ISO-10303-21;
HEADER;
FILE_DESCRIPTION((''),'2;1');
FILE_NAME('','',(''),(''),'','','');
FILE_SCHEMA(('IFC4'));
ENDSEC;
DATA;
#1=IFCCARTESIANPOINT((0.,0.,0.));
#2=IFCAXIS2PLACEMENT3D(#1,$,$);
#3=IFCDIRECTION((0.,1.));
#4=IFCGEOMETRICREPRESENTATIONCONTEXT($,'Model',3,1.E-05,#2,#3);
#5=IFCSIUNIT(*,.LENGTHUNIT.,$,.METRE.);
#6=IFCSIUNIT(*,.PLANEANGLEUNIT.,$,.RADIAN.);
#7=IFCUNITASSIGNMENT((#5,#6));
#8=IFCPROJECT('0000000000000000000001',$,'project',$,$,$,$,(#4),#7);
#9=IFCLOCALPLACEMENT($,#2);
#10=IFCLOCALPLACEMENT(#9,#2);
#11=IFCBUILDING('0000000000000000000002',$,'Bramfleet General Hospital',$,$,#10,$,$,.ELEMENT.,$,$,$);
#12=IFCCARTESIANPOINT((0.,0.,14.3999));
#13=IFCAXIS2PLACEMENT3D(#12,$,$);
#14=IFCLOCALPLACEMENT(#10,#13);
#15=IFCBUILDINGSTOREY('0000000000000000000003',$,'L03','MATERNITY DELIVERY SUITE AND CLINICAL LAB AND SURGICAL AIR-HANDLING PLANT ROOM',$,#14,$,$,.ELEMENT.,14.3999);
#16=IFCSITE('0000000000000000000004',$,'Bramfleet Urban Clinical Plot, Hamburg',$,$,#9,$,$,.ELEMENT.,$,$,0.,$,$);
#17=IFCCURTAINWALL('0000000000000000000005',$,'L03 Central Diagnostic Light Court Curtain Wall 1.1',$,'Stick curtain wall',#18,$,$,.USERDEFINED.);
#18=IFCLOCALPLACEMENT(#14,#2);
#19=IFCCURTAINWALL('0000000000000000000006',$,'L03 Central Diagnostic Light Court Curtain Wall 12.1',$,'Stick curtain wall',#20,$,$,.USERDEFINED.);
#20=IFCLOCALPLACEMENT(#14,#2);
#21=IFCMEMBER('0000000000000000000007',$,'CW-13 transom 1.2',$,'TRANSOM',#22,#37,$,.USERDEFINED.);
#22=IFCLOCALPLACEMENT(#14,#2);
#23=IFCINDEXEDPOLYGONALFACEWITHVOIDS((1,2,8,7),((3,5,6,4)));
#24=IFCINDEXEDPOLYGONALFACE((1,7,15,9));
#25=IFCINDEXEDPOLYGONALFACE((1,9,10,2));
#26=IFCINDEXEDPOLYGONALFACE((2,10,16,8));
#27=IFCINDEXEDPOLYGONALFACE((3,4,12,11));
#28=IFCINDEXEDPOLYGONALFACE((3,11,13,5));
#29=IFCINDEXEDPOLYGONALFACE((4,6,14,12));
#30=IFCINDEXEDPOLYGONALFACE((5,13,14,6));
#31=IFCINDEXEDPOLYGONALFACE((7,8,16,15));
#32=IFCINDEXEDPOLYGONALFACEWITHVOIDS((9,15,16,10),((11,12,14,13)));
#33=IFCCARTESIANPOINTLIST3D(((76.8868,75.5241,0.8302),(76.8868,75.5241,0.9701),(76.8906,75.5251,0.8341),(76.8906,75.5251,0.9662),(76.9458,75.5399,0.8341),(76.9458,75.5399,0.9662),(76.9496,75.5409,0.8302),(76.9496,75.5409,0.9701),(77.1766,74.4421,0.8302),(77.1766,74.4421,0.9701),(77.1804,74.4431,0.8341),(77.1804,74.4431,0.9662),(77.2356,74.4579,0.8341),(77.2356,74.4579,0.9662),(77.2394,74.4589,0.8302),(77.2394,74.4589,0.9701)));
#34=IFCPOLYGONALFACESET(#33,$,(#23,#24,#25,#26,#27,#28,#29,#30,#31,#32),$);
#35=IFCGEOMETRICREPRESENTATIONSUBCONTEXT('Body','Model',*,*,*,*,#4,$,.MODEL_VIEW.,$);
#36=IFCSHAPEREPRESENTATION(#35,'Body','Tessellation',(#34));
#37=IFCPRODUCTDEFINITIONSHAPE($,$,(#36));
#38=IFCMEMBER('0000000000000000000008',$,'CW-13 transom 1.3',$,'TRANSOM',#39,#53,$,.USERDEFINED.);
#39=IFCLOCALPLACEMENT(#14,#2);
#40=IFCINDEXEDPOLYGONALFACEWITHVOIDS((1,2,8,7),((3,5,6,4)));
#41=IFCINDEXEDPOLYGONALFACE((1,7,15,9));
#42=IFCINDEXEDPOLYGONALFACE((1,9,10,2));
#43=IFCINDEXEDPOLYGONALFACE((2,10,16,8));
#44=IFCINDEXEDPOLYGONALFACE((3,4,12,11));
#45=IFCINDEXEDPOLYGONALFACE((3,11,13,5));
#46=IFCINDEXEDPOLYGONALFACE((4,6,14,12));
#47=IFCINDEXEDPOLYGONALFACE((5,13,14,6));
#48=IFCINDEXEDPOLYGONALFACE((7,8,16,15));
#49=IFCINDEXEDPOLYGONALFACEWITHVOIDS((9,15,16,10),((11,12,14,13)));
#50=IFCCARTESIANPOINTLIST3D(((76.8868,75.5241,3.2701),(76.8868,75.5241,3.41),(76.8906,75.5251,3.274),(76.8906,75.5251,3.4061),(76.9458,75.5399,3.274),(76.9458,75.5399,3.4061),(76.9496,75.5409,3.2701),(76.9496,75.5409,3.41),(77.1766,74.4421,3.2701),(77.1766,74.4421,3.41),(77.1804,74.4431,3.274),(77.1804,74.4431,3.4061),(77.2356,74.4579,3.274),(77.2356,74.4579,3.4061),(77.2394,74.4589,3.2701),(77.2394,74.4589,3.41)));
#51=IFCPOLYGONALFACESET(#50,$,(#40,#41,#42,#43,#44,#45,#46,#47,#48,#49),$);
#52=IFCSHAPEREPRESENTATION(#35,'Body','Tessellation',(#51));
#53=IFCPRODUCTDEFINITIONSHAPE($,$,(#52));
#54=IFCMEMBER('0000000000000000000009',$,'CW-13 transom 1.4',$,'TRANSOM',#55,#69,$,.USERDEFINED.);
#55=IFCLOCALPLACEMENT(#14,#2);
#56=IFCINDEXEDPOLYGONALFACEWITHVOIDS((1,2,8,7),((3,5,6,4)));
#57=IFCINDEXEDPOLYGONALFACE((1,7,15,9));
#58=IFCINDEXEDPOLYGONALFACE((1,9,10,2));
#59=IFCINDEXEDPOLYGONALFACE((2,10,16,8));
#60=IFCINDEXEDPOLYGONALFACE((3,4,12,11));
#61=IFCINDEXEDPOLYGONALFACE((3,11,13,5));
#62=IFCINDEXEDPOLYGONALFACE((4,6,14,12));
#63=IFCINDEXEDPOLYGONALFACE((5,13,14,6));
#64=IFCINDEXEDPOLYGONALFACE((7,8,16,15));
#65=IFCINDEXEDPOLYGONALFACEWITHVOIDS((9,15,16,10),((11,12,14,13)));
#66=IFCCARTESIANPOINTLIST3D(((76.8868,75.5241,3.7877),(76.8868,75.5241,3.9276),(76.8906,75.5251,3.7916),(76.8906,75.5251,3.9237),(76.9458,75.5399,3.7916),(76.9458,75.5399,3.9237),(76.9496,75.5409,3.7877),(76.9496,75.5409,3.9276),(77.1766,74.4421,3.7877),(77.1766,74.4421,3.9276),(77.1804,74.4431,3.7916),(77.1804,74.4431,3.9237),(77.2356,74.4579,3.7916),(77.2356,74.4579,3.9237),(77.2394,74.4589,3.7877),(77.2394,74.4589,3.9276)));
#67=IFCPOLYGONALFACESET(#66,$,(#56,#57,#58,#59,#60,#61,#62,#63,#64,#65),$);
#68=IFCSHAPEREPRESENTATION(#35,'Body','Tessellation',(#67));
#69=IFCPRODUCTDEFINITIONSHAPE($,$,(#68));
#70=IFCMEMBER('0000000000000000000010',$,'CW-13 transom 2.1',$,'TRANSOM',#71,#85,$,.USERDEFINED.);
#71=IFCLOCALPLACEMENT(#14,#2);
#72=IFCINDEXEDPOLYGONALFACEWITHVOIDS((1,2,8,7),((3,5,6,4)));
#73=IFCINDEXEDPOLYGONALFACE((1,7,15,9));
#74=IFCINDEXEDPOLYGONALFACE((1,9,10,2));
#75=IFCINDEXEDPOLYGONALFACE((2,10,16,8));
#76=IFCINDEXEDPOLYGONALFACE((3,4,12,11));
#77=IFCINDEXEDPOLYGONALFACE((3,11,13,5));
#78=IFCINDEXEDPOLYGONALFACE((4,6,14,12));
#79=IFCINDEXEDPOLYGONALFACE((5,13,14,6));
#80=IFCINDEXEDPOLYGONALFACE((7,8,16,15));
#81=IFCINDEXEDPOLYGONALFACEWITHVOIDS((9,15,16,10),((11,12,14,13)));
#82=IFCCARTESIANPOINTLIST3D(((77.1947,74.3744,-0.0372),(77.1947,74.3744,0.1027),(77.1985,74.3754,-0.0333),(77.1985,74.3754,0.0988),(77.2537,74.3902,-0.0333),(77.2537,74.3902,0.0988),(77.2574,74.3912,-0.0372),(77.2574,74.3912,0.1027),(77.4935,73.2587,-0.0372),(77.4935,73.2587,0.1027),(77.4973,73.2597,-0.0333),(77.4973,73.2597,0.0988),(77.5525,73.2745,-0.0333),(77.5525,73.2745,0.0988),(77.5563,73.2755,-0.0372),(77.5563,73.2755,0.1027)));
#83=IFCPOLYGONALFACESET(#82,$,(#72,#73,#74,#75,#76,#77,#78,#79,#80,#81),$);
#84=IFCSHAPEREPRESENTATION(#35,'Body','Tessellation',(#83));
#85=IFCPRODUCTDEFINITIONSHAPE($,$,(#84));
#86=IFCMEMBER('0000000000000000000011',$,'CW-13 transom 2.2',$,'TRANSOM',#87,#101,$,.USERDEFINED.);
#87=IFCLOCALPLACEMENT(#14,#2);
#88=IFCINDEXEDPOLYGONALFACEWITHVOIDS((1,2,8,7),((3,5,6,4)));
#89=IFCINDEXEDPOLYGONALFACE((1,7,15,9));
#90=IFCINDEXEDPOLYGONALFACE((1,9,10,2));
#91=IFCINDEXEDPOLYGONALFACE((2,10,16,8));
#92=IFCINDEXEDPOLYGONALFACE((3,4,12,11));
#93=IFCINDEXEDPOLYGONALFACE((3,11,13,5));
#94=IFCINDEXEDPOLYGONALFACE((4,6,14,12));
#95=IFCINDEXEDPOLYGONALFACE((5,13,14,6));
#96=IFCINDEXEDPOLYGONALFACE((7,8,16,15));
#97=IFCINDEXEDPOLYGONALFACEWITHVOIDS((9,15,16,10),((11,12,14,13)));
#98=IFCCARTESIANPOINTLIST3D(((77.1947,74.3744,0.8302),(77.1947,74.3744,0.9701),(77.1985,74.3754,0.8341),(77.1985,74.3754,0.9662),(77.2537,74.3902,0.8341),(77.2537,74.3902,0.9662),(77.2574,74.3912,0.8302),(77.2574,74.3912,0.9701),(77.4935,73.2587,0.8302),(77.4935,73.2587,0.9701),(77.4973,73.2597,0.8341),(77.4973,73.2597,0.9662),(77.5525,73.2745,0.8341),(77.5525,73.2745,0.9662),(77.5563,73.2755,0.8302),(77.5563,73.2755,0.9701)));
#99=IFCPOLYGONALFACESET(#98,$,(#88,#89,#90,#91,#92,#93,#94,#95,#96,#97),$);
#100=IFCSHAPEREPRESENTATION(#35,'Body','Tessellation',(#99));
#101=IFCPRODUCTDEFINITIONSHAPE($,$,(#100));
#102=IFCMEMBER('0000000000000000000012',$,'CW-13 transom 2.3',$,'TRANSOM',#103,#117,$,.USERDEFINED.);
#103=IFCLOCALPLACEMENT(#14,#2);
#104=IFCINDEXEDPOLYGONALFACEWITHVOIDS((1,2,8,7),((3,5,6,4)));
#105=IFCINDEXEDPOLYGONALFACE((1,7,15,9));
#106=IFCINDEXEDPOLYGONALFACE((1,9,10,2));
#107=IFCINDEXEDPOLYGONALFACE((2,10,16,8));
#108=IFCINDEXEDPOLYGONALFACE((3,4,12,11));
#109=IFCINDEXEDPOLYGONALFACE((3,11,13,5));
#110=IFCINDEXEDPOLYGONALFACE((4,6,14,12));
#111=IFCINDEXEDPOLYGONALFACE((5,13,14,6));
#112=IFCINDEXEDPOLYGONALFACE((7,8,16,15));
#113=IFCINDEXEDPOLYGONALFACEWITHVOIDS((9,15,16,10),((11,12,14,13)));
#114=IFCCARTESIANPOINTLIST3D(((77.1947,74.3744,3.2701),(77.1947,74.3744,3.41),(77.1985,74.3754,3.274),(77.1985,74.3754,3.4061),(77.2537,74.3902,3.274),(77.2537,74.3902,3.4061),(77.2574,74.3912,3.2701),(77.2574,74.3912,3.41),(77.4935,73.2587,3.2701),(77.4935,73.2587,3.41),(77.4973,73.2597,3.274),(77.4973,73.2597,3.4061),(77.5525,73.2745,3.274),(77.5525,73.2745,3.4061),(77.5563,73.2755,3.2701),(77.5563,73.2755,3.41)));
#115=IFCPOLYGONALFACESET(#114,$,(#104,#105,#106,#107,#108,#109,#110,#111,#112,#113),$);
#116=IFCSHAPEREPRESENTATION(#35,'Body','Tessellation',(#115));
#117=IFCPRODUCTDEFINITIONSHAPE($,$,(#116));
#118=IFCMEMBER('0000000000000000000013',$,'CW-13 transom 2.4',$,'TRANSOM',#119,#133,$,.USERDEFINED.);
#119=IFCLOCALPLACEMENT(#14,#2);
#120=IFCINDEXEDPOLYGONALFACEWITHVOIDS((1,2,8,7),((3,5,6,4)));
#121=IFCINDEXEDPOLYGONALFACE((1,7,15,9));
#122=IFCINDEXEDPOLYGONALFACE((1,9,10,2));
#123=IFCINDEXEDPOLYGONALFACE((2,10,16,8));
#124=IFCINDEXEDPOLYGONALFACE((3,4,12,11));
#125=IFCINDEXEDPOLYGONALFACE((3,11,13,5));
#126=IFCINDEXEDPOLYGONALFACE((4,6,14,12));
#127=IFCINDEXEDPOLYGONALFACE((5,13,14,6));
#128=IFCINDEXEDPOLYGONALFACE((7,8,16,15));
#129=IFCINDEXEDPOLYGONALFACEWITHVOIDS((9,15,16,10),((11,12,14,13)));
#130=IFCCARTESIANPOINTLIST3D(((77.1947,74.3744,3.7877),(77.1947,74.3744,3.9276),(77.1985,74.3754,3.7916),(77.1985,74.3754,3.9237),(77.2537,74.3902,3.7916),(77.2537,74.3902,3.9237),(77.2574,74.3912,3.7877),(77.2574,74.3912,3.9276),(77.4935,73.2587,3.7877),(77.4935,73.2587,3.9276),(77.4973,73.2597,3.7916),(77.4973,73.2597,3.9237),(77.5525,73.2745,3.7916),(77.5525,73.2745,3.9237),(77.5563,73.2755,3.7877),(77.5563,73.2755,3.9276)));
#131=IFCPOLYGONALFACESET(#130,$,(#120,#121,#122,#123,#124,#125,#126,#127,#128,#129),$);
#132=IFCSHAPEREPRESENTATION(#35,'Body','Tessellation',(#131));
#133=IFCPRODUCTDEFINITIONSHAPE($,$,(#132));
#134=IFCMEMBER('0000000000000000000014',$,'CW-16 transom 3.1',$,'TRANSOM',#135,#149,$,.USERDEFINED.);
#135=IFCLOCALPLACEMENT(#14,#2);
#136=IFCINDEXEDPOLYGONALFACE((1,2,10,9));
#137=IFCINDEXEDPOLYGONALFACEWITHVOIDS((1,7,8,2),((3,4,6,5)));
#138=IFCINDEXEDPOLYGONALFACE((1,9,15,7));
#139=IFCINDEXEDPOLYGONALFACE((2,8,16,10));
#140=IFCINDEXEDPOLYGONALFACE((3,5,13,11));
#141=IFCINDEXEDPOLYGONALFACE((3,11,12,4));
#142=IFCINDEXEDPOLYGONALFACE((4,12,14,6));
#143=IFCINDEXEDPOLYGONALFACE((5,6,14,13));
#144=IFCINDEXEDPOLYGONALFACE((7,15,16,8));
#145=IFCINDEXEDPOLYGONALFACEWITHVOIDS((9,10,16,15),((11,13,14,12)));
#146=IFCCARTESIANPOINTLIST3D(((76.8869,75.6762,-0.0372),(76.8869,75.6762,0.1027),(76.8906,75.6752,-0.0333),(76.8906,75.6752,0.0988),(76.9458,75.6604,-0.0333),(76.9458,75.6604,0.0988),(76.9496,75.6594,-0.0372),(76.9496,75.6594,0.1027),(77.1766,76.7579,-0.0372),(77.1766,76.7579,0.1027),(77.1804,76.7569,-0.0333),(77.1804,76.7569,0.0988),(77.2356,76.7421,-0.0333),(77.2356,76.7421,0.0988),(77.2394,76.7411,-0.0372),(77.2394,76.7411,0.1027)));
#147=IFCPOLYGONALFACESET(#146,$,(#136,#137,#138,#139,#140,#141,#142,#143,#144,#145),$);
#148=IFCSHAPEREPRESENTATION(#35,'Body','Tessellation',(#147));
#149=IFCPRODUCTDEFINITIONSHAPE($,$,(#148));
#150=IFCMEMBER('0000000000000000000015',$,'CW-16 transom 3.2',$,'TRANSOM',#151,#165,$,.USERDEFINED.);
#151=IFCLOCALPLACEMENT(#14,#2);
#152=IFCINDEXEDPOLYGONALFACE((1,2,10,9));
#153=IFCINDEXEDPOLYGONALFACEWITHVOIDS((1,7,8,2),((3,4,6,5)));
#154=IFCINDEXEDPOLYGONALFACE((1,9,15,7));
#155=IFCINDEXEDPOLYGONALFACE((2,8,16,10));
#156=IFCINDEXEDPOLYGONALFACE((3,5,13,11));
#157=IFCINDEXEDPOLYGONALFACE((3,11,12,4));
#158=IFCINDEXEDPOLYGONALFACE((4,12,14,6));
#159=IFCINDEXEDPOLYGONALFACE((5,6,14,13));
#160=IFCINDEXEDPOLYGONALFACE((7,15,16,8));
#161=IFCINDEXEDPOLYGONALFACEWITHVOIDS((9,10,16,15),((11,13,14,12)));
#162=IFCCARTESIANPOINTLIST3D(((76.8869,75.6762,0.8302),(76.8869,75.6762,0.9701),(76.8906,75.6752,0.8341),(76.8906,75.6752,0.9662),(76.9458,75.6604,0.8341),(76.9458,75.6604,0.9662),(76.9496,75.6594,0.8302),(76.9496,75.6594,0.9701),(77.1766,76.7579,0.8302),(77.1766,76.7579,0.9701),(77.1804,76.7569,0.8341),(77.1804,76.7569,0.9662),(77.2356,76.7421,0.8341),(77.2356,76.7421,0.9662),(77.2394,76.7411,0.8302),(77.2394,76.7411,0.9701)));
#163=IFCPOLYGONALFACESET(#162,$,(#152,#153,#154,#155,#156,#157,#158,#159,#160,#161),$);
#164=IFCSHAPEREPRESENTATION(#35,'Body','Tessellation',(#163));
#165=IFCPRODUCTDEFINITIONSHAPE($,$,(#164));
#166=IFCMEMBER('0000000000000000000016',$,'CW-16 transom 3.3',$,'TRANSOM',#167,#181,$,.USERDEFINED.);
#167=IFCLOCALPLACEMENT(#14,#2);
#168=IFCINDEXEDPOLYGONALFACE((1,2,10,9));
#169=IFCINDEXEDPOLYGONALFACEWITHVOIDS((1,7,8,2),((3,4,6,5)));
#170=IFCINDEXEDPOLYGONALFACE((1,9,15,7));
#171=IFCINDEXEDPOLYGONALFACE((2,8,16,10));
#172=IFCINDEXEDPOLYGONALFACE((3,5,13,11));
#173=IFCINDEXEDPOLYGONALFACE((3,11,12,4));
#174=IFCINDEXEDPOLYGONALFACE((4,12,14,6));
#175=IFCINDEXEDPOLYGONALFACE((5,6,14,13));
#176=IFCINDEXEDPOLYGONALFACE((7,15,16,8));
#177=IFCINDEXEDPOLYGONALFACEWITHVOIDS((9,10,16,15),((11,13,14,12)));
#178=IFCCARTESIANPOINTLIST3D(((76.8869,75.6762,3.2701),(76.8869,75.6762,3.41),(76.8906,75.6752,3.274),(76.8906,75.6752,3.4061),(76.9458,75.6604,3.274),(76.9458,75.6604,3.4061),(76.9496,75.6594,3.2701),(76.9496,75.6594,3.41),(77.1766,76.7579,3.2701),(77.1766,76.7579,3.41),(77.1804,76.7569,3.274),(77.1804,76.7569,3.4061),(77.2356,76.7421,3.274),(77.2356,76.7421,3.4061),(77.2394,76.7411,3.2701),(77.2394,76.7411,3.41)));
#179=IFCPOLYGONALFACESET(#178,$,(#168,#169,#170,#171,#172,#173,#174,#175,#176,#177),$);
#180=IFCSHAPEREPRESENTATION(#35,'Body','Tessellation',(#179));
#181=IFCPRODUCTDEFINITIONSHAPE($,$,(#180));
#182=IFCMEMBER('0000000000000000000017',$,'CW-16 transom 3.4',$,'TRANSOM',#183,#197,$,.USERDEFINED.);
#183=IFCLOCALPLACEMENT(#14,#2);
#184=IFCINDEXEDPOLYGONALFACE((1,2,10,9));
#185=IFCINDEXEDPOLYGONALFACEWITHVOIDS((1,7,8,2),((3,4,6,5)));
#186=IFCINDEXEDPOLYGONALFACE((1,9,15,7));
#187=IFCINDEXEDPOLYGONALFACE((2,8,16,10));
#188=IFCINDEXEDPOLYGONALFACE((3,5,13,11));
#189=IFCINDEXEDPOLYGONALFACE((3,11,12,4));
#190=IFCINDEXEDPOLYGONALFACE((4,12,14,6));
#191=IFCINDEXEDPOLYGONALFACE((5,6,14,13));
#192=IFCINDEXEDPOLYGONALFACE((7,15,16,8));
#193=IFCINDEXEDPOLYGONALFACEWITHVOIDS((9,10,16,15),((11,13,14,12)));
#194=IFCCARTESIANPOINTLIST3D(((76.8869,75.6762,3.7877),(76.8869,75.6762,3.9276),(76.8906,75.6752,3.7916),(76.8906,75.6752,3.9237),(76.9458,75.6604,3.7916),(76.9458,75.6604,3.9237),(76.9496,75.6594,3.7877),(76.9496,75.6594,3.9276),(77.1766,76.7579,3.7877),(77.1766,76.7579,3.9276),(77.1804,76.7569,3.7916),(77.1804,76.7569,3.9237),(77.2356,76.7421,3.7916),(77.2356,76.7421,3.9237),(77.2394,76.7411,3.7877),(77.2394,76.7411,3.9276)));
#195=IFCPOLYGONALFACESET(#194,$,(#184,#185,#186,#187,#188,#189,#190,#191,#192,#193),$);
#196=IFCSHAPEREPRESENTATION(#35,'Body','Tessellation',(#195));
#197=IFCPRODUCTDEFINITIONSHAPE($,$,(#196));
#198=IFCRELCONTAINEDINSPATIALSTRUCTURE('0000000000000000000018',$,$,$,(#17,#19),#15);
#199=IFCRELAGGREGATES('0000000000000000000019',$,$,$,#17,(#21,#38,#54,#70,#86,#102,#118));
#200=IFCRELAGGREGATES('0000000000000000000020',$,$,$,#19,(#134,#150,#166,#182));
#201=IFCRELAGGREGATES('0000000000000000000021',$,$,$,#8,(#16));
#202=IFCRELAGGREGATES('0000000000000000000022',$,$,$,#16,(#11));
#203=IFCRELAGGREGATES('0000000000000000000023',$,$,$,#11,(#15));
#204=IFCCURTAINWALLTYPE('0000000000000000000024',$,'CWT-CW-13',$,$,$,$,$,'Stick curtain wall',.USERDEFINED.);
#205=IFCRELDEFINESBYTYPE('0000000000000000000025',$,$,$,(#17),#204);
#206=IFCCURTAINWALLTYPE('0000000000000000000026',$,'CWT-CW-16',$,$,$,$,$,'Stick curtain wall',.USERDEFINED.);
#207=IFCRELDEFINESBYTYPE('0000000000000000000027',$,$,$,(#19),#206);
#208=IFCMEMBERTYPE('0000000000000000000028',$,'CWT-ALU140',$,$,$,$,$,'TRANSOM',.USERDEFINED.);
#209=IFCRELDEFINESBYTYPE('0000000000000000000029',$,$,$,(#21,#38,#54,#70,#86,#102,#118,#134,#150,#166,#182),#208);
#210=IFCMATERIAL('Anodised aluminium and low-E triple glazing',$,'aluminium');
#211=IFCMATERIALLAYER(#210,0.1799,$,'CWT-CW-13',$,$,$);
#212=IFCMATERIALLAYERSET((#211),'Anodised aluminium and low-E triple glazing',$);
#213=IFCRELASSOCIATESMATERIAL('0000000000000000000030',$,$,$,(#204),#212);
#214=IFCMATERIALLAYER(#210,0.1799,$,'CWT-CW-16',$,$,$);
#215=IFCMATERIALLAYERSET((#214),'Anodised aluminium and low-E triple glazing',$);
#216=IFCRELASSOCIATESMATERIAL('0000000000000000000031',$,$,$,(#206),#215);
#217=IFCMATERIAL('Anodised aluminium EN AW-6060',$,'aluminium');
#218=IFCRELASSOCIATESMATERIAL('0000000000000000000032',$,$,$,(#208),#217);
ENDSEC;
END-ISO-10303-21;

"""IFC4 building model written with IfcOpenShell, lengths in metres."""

from ifc_helpers import new_model, si_unit, direction, frame, origin, origin_2d, place, context, subcontext, project, spatial, hollow_rectangle, extrude, material, layer, layer_set, material_profile, profile_set, type_object, element, aggregate, save


model = new_model("IFC4")

# Units and contexts
model_context = context("Model", 3, precision=1e-05, world=origin(), true_north=direction((0.0, 1.0)))
body_context = subcontext(model_context, "Body", "Model", "MODEL_VIEW")
ifc_project = project(units=[si_unit("LENGTHUNIT", "METRE"), si_unit("PLANEANGLEUNIT", "RADIAN")], contexts=[model_context])

# Site, building, storey
site_placement = place(None, origin())
site = spatial("IfcSite", under=ifc_project, at=site_placement, Name="Bramfleet Urban Clinical Plot, Hamburg", CompositionType="ELEMENT", RefElevation=0.0)
building_placement = place(site_placement, origin())
building = spatial("IfcBuilding", under=site, at=building_placement, Name="Bramfleet General Hospital", CompositionType="ELEMENT")
storey_placement = place(building_placement, frame((0.0, 0.0, 14.3999)))
storey = spatial("IfcBuildingStorey", under=building, at=storey_placement, Name="L03", Description="MATERNITY DELIVERY SUITE AND CLINICAL LAB AND SURGICAL AIR-HANDLING PLANT ROOM", CompositionType="ELEMENT", Elevation=14.3999)

# Curtain walls
ifc_material_1 = material(Name="Anodised aluminium and low-E triple glazing", Category="aluminium")
ifc_layer_1 = layer(ifc_material_1, 0.1799, Name="CWT-CW-13")
ifc_layer_set_1 = layer_set([ifc_layer_1], Name="Anodised aluminium and low-E triple glazing")
curtain_wall_type_1 = type_object("IfcCurtainWallType", Name="CWT-CW-13", ElementType="Stick curtain wall", PredefinedType="USERDEFINED", material=ifc_layer_set_1)
curtain_wall_1_placement = place(storey_placement, origin())
curtain_wall_1 = element("IfcCurtainWall", 1, at=curtain_wall_1_placement, inside=storey, type_object=curtain_wall_type_1, Name="L03 Central Diagnostic Light Court Curtain Wall 1.1", ObjectType="Stick curtain wall", PredefinedType="USERDEFINED")
ifc_material_2 = material(Name="Anodised aluminium EN AW-6060", Category="aluminium")
ifc_layer_2 = layer(ifc_material_1, 0.1799, Name="CWT-CW-16")
ifc_layer_set_2 = layer_set([ifc_layer_2], Name="Anodised aluminium and low-E triple glazing")
curtain_wall_type_2 = type_object("IfcCurtainWallType", Name="CWT-CW-16", ElementType="Stick curtain wall", PredefinedType="USERDEFINED", material=ifc_layer_set_2)
curtain_wall_2_placement = place(storey_placement, origin())
curtain_wall_2 = element("IfcCurtainWall", 2, at=curtain_wall_2_placement, inside=storey, type_object=curtain_wall_type_2, Name="L03 Central Diagnostic Light Court Curtain Wall 12.1", ObjectType="Stick curtain wall", PredefinedType="USERDEFINED")

# Members
ifc_material_profile_1 = material_profile(ifc_material_2, hollow_rectangle(XDim=0.0649, YDim=0.1399, WallThickness=0.0039, at=origin_2d()), Name="ALU 140x65x4.0")
ifc_profile_set_1 = profile_set([ifc_material_profile_1], Name="Anodised aluminium EN AW-6060")
member_type_1 = type_object("IfcMemberType", Name="CWT-ALU140", ElementType="TRANSOM", PredefinedType="USERDEFINED", material=ifc_profile_set_1)
member_1_placement = place(storey_placement, frame((76.9182, 75.5325, 0.9001), z_axis=(0.258707, -0.965956, 0.0), x_axis=(0.965956, 0.258707, 0.0)))
member_1 = element("IfcMember", 3, at=member_1_placement, type_object=member_type_1, Name="CW-13 transom 1.2", ObjectType="TRANSOM", PredefinedType="USERDEFINED", context=body_context, shape_type="SweptSolid", body=[
    extrude(hollow_rectangle(XDim=0.0649, YDim=0.1399, WallThickness=0.0039, at=origin_2d()), origin(), (0.0, 0.0, 1.0), 1.1201),
])
member_2_placement = place(storey_placement, frame((76.9182, 75.5325, 3.3401), z_axis=(0.258707, -0.965956, 0.0), x_axis=(0.965956, 0.258707, 0.0)))
member_2 = element("IfcMember", 4, at=member_2_placement, type_object=member_type_1, Name="CW-13 transom 1.3", ObjectType="TRANSOM", PredefinedType="USERDEFINED", context=body_context, shape_type="SweptSolid", body=[
    extrude(hollow_rectangle(XDim=0.0649, YDim=0.1399, WallThickness=0.0039, at=origin_2d()), origin(), (0.0, 0.0, 1.0), 1.1201),
])
member_3_placement = place(storey_placement, frame((76.9182, 75.5325, 3.8577), z_axis=(0.258707, -0.965956, 0.0), x_axis=(0.965956, 0.258707, 0.0)))
member_3 = element("IfcMember", 5, at=member_3_placement, type_object=member_type_1, Name="CW-13 transom 1.4", ObjectType="TRANSOM", PredefinedType="USERDEFINED", context=body_context, shape_type="SweptSolid", body=[
    extrude(hollow_rectangle(XDim=0.0649, YDim=0.1399, WallThickness=0.0039, at=origin_2d()), origin(), (0.0, 0.0, 1.0), 1.1201),
])
member_4_placement = place(storey_placement, frame((77.2261, 74.3828, 0.0327), z_axis=(0.258715, -0.965954, 0.0), x_axis=(0.965954, 0.258715, 0.0)))
member_4 = element("IfcMember", 6, at=member_4_placement, type_object=member_type_1, Name="CW-13 transom 2.1", ObjectType="TRANSOM", PredefinedType="USERDEFINED", context=body_context, shape_type="SweptSolid", body=[
    extrude(hollow_rectangle(XDim=0.0649, YDim=0.1399, WallThickness=0.0039, at=origin_2d()), origin(), (0.0, 0.0, 1.0), 1.155),
])
member_5_placement = place(storey_placement, frame((77.2261, 74.3828, 0.9001), z_axis=(0.258715, -0.965954, 0.0), x_axis=(0.965954, 0.258715, 0.0)))
member_5 = element("IfcMember", 7, at=member_5_placement, type_object=member_type_1, Name="CW-13 transom 2.2", ObjectType="TRANSOM", PredefinedType="USERDEFINED", context=body_context, shape_type="SweptSolid", body=[
    extrude(hollow_rectangle(XDim=0.0649, YDim=0.1399, WallThickness=0.0039, at=origin_2d()), origin(), (0.0, 0.0, 1.0), 1.155),
])
member_6_placement = place(storey_placement, frame((77.2261, 74.3828, 3.3401), z_axis=(0.258715, -0.965954, 0.0), x_axis=(0.965954, 0.258715, 0.0)))
member_6 = element("IfcMember", 8, at=member_6_placement, type_object=member_type_1, Name="CW-13 transom 2.3", ObjectType="TRANSOM", PredefinedType="USERDEFINED", context=body_context, shape_type="SweptSolid", body=[
    extrude(hollow_rectangle(XDim=0.0649, YDim=0.1399, WallThickness=0.0039, at=origin_2d()), origin(), (0.0, 0.0, 1.0), 1.155),
])
member_7_placement = place(storey_placement, frame((77.2261, 74.3828, 3.8577), z_axis=(0.258715, -0.965954, 0.0), x_axis=(0.965954, 0.258715, 0.0)))
member_7 = element("IfcMember", 9, at=member_7_placement, type_object=member_type_1, Name="CW-13 transom 2.4", ObjectType="TRANSOM", PredefinedType="USERDEFINED", context=body_context, shape_type="SweptSolid", body=[
    extrude(hollow_rectangle(XDim=0.0649, YDim=0.1399, WallThickness=0.0039, at=origin_2d()), origin(), (0.0, 0.0, 1.0), 1.155),
])
member_8_placement = place(storey_placement, frame((77.208, 76.7495, 0.0327), z_axis=(-0.258762, -0.965941, 0.0), x_axis=(0.965941, -0.258762, 0.0)))
member_8 = element("IfcMember", 10, at=member_8_placement, type_object=member_type_1, Name="CW-16 transom 3.1", ObjectType="TRANSOM", PredefinedType="USERDEFINED", context=body_context, shape_type="SweptSolid", body=[
    extrude(hollow_rectangle(XDim=0.0649, YDim=0.1399, WallThickness=0.0039, at=origin_2d()), origin(), (0.0, 0.0, 1.0), 1.1199),
])
member_9_placement = place(storey_placement, frame((77.208, 76.7495, 0.9001), z_axis=(-0.258762, -0.965941, 0.0), x_axis=(0.965941, -0.258762, 0.0)))
member_9 = element("IfcMember", 11, at=member_9_placement, type_object=member_type_1, Name="CW-16 transom 3.2", ObjectType="TRANSOM", PredefinedType="USERDEFINED", context=body_context, shape_type="SweptSolid", body=[
    extrude(hollow_rectangle(XDim=0.0649, YDim=0.1399, WallThickness=0.0039, at=origin_2d()), origin(), (0.0, 0.0, 1.0), 1.1199),
])
member_10_placement = place(storey_placement, frame((77.208, 76.7495, 3.3401), z_axis=(-0.258762, -0.965941, 0.0), x_axis=(0.965941, -0.258762, 0.0)))
member_10 = element("IfcMember", 12, at=member_10_placement, type_object=member_type_1, Name="CW-16 transom 3.3", ObjectType="TRANSOM", PredefinedType="USERDEFINED", context=body_context, shape_type="SweptSolid", body=[
    extrude(hollow_rectangle(XDim=0.0649, YDim=0.1399, WallThickness=0.0039, at=origin_2d()), origin(), (0.0, 0.0, 1.0), 1.1199),
])
member_11_placement = place(storey_placement, frame((77.208, 76.7495, 3.8577), z_axis=(-0.258762, -0.965941, 0.0), x_axis=(0.965941, -0.258762, 0.0)))
member_11 = element("IfcMember", 13, at=member_11_placement, type_object=member_type_1, Name="CW-16 transom 3.4", ObjectType="TRANSOM", PredefinedType="USERDEFINED", context=body_context, shape_type="SweptSolid", body=[
    extrude(hollow_rectangle(XDim=0.0649, YDim=0.1399, WallThickness=0.0039, at=origin_2d()), origin(), (0.0, 0.0, 1.0), 1.1199),
])

aggregate(curtain_wall_1, [member_1, member_2, member_3, member_4, member_5, member_6, member_7])
aggregate(curtain_wall_2, [member_8, member_9, member_10, member_11])

save(model, "model.ifc")
